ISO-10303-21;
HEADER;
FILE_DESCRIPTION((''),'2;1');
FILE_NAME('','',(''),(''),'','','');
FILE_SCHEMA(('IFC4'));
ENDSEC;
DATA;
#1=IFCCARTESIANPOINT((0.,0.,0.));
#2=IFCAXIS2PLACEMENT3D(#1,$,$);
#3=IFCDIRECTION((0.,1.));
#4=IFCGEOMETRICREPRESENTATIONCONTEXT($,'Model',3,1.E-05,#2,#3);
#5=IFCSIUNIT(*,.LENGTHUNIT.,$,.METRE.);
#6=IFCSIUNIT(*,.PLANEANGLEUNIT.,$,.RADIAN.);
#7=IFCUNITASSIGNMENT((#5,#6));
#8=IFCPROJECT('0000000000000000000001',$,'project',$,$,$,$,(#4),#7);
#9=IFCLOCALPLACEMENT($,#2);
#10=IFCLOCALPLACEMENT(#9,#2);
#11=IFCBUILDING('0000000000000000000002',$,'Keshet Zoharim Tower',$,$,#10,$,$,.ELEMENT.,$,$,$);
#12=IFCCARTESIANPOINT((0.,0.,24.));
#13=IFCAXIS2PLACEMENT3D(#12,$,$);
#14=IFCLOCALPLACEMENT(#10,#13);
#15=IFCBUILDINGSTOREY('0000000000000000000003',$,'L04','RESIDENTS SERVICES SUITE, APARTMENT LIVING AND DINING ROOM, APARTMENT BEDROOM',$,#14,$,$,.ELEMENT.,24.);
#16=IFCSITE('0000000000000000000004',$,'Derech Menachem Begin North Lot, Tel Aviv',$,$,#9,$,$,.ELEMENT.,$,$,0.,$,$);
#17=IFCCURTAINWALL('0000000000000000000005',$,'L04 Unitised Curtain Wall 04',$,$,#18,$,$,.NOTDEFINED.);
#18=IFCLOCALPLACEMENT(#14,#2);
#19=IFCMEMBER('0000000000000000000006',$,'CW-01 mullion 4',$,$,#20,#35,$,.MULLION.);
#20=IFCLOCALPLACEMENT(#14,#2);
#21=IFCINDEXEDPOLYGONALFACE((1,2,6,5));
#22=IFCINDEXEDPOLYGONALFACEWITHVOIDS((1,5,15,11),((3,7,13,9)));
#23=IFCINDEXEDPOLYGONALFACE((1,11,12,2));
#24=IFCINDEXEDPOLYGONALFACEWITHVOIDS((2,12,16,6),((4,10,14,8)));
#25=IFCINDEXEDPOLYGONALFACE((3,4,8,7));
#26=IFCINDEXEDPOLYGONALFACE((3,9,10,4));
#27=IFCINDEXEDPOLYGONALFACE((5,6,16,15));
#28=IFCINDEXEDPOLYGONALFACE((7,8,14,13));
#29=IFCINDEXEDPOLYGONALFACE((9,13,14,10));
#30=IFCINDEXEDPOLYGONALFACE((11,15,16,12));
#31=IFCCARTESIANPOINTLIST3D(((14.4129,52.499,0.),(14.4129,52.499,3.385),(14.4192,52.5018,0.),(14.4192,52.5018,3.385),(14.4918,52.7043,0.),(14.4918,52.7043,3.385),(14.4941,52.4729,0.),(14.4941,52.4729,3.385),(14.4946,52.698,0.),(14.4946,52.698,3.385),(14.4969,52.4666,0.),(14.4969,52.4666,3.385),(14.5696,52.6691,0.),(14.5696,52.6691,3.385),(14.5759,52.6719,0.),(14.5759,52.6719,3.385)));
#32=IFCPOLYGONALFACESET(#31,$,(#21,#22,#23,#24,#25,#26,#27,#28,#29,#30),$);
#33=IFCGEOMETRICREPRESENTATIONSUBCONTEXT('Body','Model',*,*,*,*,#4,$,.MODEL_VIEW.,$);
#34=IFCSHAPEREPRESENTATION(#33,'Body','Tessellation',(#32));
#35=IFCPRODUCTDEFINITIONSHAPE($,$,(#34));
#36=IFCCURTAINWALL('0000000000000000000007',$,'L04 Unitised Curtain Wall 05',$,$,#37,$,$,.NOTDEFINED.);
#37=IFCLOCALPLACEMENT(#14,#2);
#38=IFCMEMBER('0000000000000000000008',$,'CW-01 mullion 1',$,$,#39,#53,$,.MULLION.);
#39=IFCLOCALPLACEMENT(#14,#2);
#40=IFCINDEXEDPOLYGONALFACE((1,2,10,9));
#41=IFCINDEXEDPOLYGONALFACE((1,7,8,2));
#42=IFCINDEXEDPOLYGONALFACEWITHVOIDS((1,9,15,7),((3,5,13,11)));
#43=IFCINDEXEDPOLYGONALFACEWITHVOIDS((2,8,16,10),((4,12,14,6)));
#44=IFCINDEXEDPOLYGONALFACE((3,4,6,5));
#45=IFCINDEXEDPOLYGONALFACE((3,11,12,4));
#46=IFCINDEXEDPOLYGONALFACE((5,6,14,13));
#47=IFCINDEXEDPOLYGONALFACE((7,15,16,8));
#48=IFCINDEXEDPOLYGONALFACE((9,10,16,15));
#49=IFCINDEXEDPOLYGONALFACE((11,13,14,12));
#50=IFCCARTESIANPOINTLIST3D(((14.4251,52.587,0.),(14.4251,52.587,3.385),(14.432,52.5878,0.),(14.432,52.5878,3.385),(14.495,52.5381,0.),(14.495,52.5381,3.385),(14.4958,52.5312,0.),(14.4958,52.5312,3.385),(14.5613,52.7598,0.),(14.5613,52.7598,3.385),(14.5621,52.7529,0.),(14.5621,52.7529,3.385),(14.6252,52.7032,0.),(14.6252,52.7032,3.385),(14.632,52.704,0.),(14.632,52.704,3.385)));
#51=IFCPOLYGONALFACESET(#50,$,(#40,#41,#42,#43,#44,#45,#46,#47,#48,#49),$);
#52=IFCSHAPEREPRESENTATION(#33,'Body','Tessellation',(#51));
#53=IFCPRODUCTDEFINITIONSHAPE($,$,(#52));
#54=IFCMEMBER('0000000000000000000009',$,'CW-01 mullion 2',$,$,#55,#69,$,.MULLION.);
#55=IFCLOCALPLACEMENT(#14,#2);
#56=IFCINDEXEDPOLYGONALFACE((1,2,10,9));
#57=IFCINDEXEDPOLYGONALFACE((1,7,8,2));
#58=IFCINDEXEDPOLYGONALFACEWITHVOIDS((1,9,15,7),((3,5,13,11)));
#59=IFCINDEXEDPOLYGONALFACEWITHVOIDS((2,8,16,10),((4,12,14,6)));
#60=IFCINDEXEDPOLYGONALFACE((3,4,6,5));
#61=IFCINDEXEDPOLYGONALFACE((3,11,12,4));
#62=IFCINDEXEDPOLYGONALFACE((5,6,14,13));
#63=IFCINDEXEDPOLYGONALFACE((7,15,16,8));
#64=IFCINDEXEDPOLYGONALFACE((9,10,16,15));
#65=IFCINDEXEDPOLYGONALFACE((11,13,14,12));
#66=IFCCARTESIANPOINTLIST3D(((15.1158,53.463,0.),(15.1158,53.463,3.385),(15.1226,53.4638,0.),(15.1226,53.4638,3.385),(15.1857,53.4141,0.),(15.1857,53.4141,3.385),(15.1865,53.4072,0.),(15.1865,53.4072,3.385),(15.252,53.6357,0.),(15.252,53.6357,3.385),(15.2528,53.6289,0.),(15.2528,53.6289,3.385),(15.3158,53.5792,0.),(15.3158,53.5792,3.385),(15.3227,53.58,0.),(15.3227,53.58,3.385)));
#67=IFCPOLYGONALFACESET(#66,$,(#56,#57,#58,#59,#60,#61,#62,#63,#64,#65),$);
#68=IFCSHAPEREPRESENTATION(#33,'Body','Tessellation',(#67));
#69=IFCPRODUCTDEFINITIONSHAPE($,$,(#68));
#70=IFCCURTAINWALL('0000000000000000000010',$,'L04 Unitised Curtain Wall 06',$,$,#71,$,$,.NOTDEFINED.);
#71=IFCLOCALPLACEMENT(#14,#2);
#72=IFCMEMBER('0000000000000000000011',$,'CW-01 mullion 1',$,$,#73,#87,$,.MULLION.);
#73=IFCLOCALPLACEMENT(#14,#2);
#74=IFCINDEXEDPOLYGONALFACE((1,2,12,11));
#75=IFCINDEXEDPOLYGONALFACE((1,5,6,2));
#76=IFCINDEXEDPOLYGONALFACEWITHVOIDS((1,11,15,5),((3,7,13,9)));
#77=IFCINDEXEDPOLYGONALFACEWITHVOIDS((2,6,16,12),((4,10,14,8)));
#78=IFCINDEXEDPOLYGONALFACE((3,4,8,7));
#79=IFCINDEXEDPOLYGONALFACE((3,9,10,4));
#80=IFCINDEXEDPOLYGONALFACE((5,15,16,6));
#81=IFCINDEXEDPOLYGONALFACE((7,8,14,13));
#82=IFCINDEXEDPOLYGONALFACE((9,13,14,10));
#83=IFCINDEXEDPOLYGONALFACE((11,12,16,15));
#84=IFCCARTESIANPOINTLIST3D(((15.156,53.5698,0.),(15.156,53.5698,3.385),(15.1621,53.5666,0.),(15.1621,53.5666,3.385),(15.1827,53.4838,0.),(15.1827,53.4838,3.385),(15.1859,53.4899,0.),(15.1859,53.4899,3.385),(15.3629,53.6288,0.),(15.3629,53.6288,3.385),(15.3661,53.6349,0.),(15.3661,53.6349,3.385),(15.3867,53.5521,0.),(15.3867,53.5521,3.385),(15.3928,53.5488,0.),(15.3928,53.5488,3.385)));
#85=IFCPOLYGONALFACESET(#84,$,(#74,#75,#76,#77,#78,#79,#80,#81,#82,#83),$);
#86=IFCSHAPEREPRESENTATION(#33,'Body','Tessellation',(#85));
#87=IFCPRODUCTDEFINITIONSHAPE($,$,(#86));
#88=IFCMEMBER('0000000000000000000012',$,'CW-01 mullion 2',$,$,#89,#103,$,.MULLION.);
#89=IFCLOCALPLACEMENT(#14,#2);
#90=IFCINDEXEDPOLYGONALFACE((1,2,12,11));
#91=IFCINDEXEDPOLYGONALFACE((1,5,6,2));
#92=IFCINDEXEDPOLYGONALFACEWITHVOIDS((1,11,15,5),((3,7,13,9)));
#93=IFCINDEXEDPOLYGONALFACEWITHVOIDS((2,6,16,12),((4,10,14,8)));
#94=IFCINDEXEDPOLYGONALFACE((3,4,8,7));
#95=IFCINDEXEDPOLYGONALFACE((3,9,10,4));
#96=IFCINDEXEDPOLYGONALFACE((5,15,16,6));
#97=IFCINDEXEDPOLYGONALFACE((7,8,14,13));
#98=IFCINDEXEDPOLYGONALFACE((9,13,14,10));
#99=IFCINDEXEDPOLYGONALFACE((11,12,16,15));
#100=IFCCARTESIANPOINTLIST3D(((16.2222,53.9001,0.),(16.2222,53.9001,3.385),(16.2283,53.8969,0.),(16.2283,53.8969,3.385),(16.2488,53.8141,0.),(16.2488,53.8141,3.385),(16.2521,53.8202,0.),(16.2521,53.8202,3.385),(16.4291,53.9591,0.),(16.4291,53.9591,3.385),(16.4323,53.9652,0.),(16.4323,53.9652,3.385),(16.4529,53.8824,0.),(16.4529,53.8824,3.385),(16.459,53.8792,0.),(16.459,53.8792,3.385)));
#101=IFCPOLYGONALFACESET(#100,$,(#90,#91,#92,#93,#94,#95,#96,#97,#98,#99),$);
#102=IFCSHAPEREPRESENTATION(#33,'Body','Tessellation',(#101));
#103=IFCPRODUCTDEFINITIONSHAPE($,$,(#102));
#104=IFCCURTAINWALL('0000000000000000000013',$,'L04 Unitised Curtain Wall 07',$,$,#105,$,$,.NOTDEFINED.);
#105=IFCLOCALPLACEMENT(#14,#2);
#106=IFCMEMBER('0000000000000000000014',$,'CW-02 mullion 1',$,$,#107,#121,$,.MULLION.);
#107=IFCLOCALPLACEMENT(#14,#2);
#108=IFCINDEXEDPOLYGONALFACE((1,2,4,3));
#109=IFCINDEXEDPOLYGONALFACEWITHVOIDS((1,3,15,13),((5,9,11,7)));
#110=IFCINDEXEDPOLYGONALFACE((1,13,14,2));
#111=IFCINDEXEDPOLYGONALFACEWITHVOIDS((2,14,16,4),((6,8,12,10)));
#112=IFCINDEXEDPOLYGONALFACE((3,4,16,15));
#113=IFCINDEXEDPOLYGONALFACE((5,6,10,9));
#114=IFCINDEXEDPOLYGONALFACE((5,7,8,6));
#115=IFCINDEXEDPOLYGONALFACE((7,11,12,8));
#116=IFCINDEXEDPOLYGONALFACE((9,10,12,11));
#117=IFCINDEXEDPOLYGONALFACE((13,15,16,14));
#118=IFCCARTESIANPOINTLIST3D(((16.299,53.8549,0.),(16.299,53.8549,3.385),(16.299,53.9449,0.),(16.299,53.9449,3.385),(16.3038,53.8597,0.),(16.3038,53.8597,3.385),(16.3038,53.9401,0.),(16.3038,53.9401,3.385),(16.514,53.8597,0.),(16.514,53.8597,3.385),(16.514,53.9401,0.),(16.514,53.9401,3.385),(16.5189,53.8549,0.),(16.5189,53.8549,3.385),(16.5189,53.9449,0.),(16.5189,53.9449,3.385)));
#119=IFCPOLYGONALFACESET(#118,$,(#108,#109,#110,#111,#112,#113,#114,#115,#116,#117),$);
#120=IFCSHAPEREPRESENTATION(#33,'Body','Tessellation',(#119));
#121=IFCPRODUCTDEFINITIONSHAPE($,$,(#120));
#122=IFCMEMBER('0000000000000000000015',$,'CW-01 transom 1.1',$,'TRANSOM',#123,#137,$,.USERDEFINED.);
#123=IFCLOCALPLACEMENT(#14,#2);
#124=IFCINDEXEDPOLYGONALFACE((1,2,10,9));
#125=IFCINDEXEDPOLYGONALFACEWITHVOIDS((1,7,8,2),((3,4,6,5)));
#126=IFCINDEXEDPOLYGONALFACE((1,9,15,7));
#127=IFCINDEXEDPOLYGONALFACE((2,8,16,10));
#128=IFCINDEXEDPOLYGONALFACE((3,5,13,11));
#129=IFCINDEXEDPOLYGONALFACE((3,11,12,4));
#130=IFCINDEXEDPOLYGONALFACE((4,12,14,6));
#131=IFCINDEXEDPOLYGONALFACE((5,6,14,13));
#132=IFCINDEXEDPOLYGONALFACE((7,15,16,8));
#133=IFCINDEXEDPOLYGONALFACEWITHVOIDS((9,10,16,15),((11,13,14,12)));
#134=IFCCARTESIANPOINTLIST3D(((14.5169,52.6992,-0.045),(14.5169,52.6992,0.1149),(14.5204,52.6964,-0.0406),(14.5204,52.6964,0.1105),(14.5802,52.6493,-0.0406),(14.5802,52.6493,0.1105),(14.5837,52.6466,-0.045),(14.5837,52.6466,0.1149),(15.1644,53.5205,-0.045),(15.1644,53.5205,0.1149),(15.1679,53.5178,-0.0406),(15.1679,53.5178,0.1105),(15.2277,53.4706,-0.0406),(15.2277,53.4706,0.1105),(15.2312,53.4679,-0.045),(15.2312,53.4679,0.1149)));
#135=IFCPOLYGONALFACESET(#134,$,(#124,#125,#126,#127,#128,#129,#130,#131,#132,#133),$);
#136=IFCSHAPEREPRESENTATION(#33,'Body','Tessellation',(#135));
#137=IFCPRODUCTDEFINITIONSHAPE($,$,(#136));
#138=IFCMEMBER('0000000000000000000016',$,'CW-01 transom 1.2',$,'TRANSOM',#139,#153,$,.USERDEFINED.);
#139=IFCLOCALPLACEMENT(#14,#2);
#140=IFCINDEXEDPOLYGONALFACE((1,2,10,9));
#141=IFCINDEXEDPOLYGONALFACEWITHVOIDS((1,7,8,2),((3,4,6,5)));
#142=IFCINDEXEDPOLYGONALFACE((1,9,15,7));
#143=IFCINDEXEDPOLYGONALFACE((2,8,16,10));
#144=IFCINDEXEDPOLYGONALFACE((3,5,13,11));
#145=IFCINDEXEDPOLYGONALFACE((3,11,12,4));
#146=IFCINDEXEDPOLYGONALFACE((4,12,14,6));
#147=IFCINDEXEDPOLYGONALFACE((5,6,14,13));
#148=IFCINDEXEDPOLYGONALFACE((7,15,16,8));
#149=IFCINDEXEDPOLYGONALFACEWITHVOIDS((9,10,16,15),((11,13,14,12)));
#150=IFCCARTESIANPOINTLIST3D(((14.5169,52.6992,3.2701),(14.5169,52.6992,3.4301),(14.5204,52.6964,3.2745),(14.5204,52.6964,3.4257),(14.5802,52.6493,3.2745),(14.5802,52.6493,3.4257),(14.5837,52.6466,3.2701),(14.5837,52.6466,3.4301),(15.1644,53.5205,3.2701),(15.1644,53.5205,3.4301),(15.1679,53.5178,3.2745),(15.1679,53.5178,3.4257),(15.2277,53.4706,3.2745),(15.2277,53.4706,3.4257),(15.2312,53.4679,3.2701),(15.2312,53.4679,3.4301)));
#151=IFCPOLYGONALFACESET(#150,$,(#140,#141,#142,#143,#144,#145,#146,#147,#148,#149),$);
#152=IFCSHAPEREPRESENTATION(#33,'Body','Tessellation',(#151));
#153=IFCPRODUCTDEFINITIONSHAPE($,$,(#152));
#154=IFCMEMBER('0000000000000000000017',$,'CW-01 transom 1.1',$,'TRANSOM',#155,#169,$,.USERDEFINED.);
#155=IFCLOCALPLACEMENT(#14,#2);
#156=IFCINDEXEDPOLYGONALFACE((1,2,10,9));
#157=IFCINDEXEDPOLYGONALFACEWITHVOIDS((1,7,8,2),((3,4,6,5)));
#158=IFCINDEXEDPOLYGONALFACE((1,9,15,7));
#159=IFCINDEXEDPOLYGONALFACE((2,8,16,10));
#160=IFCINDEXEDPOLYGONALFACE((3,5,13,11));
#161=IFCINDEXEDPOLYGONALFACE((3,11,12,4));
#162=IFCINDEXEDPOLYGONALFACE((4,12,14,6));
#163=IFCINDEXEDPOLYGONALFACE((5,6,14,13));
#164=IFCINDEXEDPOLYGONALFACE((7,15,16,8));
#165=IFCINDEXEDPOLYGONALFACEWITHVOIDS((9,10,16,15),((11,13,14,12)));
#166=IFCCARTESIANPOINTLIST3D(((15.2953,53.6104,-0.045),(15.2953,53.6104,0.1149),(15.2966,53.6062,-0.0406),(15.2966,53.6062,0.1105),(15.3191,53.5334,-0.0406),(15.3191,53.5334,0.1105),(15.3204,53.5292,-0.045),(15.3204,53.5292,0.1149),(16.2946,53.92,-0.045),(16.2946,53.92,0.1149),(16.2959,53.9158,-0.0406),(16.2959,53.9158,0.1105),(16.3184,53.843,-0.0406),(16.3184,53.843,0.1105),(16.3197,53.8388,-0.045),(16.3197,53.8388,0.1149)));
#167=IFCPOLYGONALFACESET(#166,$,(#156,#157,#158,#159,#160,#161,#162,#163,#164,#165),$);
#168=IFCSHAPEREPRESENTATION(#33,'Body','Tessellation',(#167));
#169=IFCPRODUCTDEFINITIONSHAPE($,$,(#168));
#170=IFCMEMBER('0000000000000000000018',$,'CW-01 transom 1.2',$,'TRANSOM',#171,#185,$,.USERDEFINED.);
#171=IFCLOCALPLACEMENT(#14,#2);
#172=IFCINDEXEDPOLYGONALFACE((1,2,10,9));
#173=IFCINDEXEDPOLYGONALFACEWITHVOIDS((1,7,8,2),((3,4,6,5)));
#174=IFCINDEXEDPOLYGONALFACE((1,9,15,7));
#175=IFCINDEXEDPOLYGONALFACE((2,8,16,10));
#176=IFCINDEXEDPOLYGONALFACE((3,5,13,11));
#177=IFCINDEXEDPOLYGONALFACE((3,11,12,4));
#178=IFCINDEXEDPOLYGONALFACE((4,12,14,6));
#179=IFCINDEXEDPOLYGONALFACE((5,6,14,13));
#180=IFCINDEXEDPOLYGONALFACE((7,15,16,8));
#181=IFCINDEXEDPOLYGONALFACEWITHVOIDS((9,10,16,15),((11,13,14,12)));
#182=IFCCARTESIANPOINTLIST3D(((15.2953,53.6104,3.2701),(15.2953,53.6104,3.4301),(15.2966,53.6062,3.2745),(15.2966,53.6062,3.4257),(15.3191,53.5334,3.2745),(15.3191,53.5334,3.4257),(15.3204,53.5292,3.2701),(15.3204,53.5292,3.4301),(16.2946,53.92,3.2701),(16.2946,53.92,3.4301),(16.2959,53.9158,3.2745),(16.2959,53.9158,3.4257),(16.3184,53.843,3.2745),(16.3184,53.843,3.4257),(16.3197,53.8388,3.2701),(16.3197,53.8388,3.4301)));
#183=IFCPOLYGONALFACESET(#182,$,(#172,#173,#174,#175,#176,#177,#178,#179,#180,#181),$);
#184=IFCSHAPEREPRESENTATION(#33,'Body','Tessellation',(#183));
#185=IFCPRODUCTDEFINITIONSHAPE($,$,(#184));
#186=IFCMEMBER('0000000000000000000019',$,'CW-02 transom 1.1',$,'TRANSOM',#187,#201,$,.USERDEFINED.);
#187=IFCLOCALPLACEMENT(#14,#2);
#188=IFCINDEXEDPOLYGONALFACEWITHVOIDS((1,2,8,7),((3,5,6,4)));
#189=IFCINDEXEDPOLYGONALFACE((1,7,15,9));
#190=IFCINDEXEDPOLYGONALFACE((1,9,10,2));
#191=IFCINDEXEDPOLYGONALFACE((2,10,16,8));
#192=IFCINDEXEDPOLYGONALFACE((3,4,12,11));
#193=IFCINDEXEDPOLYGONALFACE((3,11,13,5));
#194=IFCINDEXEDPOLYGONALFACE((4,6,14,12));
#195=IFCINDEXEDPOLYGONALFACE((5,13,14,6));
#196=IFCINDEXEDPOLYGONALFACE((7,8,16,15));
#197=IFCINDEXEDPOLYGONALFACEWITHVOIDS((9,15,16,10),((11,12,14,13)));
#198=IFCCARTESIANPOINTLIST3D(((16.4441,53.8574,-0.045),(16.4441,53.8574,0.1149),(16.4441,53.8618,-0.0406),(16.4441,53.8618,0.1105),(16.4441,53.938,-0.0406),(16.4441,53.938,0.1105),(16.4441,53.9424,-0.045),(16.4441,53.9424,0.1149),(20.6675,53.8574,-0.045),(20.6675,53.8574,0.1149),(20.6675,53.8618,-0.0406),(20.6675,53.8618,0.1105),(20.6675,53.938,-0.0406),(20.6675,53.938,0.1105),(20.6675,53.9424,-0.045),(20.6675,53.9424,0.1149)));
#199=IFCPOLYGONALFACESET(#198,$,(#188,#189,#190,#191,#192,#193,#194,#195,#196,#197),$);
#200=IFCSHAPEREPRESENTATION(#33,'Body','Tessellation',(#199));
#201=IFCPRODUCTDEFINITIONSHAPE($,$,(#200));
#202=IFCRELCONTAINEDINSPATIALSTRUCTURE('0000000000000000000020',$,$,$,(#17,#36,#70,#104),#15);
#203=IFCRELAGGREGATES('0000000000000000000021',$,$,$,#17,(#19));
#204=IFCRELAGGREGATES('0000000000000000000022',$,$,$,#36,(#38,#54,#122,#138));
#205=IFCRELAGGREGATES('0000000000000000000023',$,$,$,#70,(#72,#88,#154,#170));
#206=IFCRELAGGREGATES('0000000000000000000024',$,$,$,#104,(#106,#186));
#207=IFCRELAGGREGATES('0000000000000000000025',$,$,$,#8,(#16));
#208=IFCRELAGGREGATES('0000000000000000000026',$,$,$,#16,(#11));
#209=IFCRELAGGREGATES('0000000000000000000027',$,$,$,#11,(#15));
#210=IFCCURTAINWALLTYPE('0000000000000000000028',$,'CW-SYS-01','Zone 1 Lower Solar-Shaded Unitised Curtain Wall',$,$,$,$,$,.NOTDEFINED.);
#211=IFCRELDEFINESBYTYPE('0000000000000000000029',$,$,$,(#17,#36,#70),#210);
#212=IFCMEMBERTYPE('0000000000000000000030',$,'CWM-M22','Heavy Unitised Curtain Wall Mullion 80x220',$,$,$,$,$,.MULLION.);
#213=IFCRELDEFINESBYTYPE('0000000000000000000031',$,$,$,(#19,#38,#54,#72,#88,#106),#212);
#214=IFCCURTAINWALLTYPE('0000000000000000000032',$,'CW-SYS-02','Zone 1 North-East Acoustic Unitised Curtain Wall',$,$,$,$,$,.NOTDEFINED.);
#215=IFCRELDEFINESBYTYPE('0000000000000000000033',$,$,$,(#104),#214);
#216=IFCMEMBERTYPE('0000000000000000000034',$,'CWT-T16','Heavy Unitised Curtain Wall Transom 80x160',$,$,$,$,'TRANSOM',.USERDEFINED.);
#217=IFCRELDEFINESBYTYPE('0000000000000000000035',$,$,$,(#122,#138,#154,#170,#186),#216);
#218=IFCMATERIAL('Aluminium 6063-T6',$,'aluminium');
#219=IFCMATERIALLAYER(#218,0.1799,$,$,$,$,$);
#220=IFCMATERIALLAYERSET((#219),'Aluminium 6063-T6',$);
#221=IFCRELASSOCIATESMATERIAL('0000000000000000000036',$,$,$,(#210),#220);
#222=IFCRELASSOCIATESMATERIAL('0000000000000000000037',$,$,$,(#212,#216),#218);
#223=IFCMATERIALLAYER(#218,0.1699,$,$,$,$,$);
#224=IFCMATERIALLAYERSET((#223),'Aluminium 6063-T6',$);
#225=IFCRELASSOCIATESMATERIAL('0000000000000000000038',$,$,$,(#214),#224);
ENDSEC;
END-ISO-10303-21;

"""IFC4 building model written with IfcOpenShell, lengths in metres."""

from ifc_helpers import new_model, si_unit, direction, frame, origin, origin_2d, place, context, subcontext, project, spatial, hollow_rectangle, extrude, material, layer, layer_set, material_profile, profile_set, type_object, element, aggregate, save


model = new_model("IFC4")

# Units and contexts
model_context = context("Model", 3, precision=1e-05, world=origin(), true_north=direction((0.0, 1.0)))
body_context = subcontext(model_context, "Body", "Model", "MODEL_VIEW")
ifc_project = project(units=[si_unit("LENGTHUNIT", "METRE"), si_unit("PLANEANGLEUNIT", "RADIAN")], contexts=[model_context])

# Site, building, storey
site_placement = place(None, origin())
site = spatial("IfcSite", under=ifc_project, at=site_placement, Name="Derech Menachem Begin North Lot, Tel Aviv", CompositionType="ELEMENT", RefElevation=0.0)
building_placement = place(site_placement, origin())
building = spatial("IfcBuilding", under=site, at=building_placement, Name="Keshet Zoharim Tower", CompositionType="ELEMENT")
storey_placement = place(building_placement, frame((0.0, 0.0, 24.0)))
storey = spatial("IfcBuildingStorey", under=building, at=storey_placement, Name="L04", Description="RESIDENTS SERVICES SUITE, APARTMENT LIVING AND DINING ROOM, APARTMENT BEDROOM", CompositionType="ELEMENT", Elevation=24.0)

# Curtain wall, member
ifc_material_1 = material(Name="Aluminium 6063-T6", Category="aluminium")
ifc_layer_1 = layer(ifc_material_1, 0.1799)
ifc_layer_set_1 = layer_set([ifc_layer_1], Name="Aluminium 6063-T6")
curtain_wall_type_1 = type_object("IfcCurtainWallType", Name="CW-SYS-01", Description="Zone 1 Lower Solar-Shaded Unitised Curtain Wall", PredefinedType="NOTDEFINED", material=ifc_layer_set_1)
curtain_wall_1_placement = place(storey_placement, origin())
curtain_wall_1 = element("IfcCurtainWall", 1, at=curtain_wall_1_placement, inside=storey, type_object=curtain_wall_type_1, Name="L04 Unitised Curtain Wall 04", PredefinedType="NOTDEFINED")
ifc_material_profile_1 = material_profile(ifc_material_1, hollow_rectangle(XDim=0.0901, YDim=0.22, WallThickness=0.0049, at=origin_2d()), Name="MUL-90x220")
ifc_profile_set_1 = profile_set([ifc_material_profile_1], Name="Aluminium 6063-T6")
member_type_1 = type_object("IfcMemberType", Name="CWM-M22", Description="Heavy Unitised Curtain Wall Mullion 80x220", PredefinedType="MULLION", material=ifc_profile_set_1)
member_1_placement = place(storey_placement, frame((14.4944, 52.5854, 0.0), z_axis=(0.0, 0.0, 1.0), x_axis=(-0.933341, 0.35899, 0.0)))
member_1 = element("IfcMember", 2, at=member_1_placement, type_object=member_type_1, Name="CW-01 mullion 4", PredefinedType="MULLION", context=body_context, shape_type="SweptSolid", body=[
    extrude(hollow_rectangle(XDim=0.0901, YDim=0.22, WallThickness=0.0049, at=origin_2d()), origin(), (0.0, 0.0, 1.0), 3.385),
])

# Curtain walls, members
curtain_wall_2_placement = place(storey_placement, origin())
curtain_wall_2 = element("IfcCurtainWall", 3, at=curtain_wall_2_placement, inside=storey, type_object=curtain_wall_type_1, Name="L04 Unitised Curtain Wall 05", PredefinedType="NOTDEFINED")
member_2_placement = place(storey_placement, frame((14.5286, 52.6455, 0.0), z_axis=(0.0, 0.0, 1.0), x_axis=(-0.785293, 0.619125, 0.0)))
member_2 = element("IfcMember", 4, at=member_2_placement, type_object=member_type_1, Name="CW-01 mullion 1", PredefinedType="MULLION", context=body_context, shape_type="SweptSolid", body=[
    extrude(hollow_rectangle(XDim=0.0901, YDim=0.22, WallThickness=0.0049, at=origin_2d()), origin(), (0.0, 0.0, 1.0), 3.385),
])
member_3_placement = place(storey_placement, frame((15.2192, 53.5215, 0.0), z_axis=(0.0, 0.0, 1.0), x_axis=(-0.785293, 0.619125, 0.0)))
member_3 = element("IfcMember", 5, at=member_3_placement, type_object=member_type_1, Name="CW-01 mullion 2", PredefinedType="MULLION", context=body_context, shape_type="SweptSolid", body=[
    extrude(hollow_rectangle(XDim=0.0901, YDim=0.22, WallThickness=0.0049, at=origin_2d()), origin(), (0.0, 0.0, 1.0), 3.385),
])
curtain_wall_3_placement = place(storey_placement, origin())
curtain_wall_3 = element("IfcCurtainWall", 6, at=curtain_wall_3_placement, inside=storey, type_object=curtain_wall_type_1, Name="L04 Unitised Curtain Wall 06", PredefinedType="NOTDEFINED")
member_4_placement = place(storey_placement, frame((15.2744, 53.5593, 0.0), z_axis=(0.0, 0.0, 1.0), x_axis=(-0.295922, 0.955212, 0.0)))
member_4 = element("IfcMember", 7, at=member_4_placement, type_object=member_type_1, Name="CW-01 mullion 1", PredefinedType="MULLION", context=body_context, shape_type="SweptSolid", body=[
    extrude(hollow_rectangle(XDim=0.0901, YDim=0.22, WallThickness=0.0049, at=origin_2d()), origin(), (0.0, 0.0, 1.0), 3.385),
])
member_5_placement = place(storey_placement, frame((16.3406, 53.8896, 0.0), z_axis=(0.0, 0.0, 1.0), x_axis=(-0.295922, 0.955212, 0.0)))
member_5 = element("IfcMember", 8, at=member_5_placement, type_object=member_type_1, Name="CW-01 mullion 2", PredefinedType="MULLION", context=body_context, shape_type="SweptSolid", body=[
    extrude(hollow_rectangle(XDim=0.0901, YDim=0.22, WallThickness=0.0049, at=origin_2d()), origin(), (0.0, 0.0, 1.0), 3.385),
])

# Curtain wall, member
ifc_layer_2 = layer(ifc_material_1, 0.1699)
ifc_layer_set_2 = layer_set([ifc_layer_2], Name="Aluminium 6063-T6")
curtain_wall_type_2 = type_object("IfcCurtainWallType", Name="CW-SYS-02", Description="Zone 1 North-East Acoustic Unitised Curtain Wall", PredefinedType="NOTDEFINED", material=ifc_layer_set_2)
curtain_wall_4_placement = place(storey_placement, origin())
curtain_wall_4 = element("IfcCurtainWall", 9, at=curtain_wall_4_placement, inside=storey, type_object=curtain_wall_type_2, Name="L04 Unitised Curtain Wall 07", PredefinedType="NOTDEFINED")
member_6_placement = place(storey_placement, frame((16.4089, 53.8999, 0.0), z_axis=(0.0, 0.0, 1.0), x_axis=(0.0, 1.0, 0.0)))
member_6 = element("IfcMember", 10, at=member_6_placement, type_object=member_type_1, Name="CW-02 mullion 1", PredefinedType="MULLION", context=body_context, shape_type="SweptSolid", body=[
    extrude(hollow_rectangle(XDim=0.0901, YDim=0.22, WallThickness=0.0049, at=origin_2d()), origin(), (0.0, 0.0, 1.0), 3.385),
])

# Members
ifc_material_profile_2 = material_profile(ifc_material_1, hollow_rectangle(XDim=0.085, YDim=0.1599, WallThickness=0.0044, at=origin_2d()), Name="TRN-85x160")
ifc_profile_set_2 = profile_set([ifc_material_profile_2], Name="Aluminium 6063-T6")
member_type_2 = type_object("IfcMemberType", Name="CWT-T16", Description="Heavy Unitised Curtain Wall Transom 80x160", ElementType="TRANSOM", PredefinedType="USERDEFINED", material=ifc_profile_set_2)
member_7_placement = place(storey_placement, frame((14.5503, 52.6729, 0.0349), z_axis=(0.619099, 0.785313, 0.0), x_axis=(-0.785313, 0.619099, 0.0)))
member_7 = element("IfcMember", 11, at=member_7_placement, type_object=member_type_2, Name="CW-01 transom 1.1", ObjectType="TRANSOM", PredefinedType="USERDEFINED", context=body_context, shape_type="SweptSolid", body=[
    extrude(hollow_rectangle(XDim=0.085, YDim=0.1599, WallThickness=0.0044, at=origin_2d()), origin(), (0.0, 0.0, 1.0), 1.0459),
])
member_8_placement = place(storey_placement, frame((14.5503, 52.6729, 3.3501), z_axis=(0.619099, 0.785313, 0.0), x_axis=(-0.785313, 0.619099, 0.0)))
member_8 = element("IfcMember", 12, at=member_8_placement, type_object=member_type_2, Name="CW-01 transom 1.2", ObjectType="TRANSOM", PredefinedType="USERDEFINED", context=body_context, shape_type="SweptSolid", body=[
    extrude(hollow_rectangle(XDim=0.085, YDim=0.1599, WallThickness=0.0044, at=origin_2d()), origin(), (0.0, 0.0, 1.0), 1.0459),
])
member_9_placement = place(storey_placement, frame((15.3079, 53.5698, 0.0349), z_axis=(0.955212, 0.295922, 0.0), x_axis=(-0.295922, 0.955212, 0.0)))
member_9 = element("IfcMember", 13, at=member_9_placement, type_object=member_type_2, Name="CW-01 transom 1.1", ObjectType="TRANSOM", PredefinedType="USERDEFINED", context=body_context, shape_type="SweptSolid", body=[
    extrude(hollow_rectangle(XDim=0.085, YDim=0.1599, WallThickness=0.0044, at=origin_2d()), origin(), (0.0, 0.0, 1.0), 1.0461),
])
member_10_placement = place(storey_placement, frame((15.3079, 53.5698, 3.3501), z_axis=(0.955212, 0.295922, 0.0), x_axis=(-0.295922, 0.955212, 0.0)))
member_10 = element("IfcMember", 14, at=member_10_placement, type_object=member_type_2, Name="CW-01 transom 1.2", ObjectType="TRANSOM", PredefinedType="USERDEFINED", context=body_context, shape_type="SweptSolid", body=[
    extrude(hollow_rectangle(XDim=0.085, YDim=0.1599, WallThickness=0.0044, at=origin_2d()), origin(), (0.0, 0.0, 1.0), 1.0461),
])
member_11_placement = place(storey_placement, frame((16.4441, 53.8999, 0.0349), z_axis=(1.0, 0.0, 0.0), x_axis=(0.0, 1.0, 0.0)))
member_11 = element("IfcMember", 15, at=member_11_placement, type_object=member_type_2, Name="CW-02 transom 1.1", ObjectType="TRANSOM", PredefinedType="USERDEFINED", context=body_context, shape_type="SweptSolid", body=[
    extrude(hollow_rectangle(XDim=0.085, YDim=0.1599, WallThickness=0.0044, at=origin_2d()), origin(), (0.0, 0.0, 1.0), 4.2234),
])

aggregate(curtain_wall_1, [member_1])
aggregate(curtain_wall_2, [member_2, member_3, member_7, member_8])
aggregate(curtain_wall_3, [member_4, member_5, member_9, member_10])
aggregate(curtain_wall_4, [member_6, member_11])

save(model, "model.ifc")
